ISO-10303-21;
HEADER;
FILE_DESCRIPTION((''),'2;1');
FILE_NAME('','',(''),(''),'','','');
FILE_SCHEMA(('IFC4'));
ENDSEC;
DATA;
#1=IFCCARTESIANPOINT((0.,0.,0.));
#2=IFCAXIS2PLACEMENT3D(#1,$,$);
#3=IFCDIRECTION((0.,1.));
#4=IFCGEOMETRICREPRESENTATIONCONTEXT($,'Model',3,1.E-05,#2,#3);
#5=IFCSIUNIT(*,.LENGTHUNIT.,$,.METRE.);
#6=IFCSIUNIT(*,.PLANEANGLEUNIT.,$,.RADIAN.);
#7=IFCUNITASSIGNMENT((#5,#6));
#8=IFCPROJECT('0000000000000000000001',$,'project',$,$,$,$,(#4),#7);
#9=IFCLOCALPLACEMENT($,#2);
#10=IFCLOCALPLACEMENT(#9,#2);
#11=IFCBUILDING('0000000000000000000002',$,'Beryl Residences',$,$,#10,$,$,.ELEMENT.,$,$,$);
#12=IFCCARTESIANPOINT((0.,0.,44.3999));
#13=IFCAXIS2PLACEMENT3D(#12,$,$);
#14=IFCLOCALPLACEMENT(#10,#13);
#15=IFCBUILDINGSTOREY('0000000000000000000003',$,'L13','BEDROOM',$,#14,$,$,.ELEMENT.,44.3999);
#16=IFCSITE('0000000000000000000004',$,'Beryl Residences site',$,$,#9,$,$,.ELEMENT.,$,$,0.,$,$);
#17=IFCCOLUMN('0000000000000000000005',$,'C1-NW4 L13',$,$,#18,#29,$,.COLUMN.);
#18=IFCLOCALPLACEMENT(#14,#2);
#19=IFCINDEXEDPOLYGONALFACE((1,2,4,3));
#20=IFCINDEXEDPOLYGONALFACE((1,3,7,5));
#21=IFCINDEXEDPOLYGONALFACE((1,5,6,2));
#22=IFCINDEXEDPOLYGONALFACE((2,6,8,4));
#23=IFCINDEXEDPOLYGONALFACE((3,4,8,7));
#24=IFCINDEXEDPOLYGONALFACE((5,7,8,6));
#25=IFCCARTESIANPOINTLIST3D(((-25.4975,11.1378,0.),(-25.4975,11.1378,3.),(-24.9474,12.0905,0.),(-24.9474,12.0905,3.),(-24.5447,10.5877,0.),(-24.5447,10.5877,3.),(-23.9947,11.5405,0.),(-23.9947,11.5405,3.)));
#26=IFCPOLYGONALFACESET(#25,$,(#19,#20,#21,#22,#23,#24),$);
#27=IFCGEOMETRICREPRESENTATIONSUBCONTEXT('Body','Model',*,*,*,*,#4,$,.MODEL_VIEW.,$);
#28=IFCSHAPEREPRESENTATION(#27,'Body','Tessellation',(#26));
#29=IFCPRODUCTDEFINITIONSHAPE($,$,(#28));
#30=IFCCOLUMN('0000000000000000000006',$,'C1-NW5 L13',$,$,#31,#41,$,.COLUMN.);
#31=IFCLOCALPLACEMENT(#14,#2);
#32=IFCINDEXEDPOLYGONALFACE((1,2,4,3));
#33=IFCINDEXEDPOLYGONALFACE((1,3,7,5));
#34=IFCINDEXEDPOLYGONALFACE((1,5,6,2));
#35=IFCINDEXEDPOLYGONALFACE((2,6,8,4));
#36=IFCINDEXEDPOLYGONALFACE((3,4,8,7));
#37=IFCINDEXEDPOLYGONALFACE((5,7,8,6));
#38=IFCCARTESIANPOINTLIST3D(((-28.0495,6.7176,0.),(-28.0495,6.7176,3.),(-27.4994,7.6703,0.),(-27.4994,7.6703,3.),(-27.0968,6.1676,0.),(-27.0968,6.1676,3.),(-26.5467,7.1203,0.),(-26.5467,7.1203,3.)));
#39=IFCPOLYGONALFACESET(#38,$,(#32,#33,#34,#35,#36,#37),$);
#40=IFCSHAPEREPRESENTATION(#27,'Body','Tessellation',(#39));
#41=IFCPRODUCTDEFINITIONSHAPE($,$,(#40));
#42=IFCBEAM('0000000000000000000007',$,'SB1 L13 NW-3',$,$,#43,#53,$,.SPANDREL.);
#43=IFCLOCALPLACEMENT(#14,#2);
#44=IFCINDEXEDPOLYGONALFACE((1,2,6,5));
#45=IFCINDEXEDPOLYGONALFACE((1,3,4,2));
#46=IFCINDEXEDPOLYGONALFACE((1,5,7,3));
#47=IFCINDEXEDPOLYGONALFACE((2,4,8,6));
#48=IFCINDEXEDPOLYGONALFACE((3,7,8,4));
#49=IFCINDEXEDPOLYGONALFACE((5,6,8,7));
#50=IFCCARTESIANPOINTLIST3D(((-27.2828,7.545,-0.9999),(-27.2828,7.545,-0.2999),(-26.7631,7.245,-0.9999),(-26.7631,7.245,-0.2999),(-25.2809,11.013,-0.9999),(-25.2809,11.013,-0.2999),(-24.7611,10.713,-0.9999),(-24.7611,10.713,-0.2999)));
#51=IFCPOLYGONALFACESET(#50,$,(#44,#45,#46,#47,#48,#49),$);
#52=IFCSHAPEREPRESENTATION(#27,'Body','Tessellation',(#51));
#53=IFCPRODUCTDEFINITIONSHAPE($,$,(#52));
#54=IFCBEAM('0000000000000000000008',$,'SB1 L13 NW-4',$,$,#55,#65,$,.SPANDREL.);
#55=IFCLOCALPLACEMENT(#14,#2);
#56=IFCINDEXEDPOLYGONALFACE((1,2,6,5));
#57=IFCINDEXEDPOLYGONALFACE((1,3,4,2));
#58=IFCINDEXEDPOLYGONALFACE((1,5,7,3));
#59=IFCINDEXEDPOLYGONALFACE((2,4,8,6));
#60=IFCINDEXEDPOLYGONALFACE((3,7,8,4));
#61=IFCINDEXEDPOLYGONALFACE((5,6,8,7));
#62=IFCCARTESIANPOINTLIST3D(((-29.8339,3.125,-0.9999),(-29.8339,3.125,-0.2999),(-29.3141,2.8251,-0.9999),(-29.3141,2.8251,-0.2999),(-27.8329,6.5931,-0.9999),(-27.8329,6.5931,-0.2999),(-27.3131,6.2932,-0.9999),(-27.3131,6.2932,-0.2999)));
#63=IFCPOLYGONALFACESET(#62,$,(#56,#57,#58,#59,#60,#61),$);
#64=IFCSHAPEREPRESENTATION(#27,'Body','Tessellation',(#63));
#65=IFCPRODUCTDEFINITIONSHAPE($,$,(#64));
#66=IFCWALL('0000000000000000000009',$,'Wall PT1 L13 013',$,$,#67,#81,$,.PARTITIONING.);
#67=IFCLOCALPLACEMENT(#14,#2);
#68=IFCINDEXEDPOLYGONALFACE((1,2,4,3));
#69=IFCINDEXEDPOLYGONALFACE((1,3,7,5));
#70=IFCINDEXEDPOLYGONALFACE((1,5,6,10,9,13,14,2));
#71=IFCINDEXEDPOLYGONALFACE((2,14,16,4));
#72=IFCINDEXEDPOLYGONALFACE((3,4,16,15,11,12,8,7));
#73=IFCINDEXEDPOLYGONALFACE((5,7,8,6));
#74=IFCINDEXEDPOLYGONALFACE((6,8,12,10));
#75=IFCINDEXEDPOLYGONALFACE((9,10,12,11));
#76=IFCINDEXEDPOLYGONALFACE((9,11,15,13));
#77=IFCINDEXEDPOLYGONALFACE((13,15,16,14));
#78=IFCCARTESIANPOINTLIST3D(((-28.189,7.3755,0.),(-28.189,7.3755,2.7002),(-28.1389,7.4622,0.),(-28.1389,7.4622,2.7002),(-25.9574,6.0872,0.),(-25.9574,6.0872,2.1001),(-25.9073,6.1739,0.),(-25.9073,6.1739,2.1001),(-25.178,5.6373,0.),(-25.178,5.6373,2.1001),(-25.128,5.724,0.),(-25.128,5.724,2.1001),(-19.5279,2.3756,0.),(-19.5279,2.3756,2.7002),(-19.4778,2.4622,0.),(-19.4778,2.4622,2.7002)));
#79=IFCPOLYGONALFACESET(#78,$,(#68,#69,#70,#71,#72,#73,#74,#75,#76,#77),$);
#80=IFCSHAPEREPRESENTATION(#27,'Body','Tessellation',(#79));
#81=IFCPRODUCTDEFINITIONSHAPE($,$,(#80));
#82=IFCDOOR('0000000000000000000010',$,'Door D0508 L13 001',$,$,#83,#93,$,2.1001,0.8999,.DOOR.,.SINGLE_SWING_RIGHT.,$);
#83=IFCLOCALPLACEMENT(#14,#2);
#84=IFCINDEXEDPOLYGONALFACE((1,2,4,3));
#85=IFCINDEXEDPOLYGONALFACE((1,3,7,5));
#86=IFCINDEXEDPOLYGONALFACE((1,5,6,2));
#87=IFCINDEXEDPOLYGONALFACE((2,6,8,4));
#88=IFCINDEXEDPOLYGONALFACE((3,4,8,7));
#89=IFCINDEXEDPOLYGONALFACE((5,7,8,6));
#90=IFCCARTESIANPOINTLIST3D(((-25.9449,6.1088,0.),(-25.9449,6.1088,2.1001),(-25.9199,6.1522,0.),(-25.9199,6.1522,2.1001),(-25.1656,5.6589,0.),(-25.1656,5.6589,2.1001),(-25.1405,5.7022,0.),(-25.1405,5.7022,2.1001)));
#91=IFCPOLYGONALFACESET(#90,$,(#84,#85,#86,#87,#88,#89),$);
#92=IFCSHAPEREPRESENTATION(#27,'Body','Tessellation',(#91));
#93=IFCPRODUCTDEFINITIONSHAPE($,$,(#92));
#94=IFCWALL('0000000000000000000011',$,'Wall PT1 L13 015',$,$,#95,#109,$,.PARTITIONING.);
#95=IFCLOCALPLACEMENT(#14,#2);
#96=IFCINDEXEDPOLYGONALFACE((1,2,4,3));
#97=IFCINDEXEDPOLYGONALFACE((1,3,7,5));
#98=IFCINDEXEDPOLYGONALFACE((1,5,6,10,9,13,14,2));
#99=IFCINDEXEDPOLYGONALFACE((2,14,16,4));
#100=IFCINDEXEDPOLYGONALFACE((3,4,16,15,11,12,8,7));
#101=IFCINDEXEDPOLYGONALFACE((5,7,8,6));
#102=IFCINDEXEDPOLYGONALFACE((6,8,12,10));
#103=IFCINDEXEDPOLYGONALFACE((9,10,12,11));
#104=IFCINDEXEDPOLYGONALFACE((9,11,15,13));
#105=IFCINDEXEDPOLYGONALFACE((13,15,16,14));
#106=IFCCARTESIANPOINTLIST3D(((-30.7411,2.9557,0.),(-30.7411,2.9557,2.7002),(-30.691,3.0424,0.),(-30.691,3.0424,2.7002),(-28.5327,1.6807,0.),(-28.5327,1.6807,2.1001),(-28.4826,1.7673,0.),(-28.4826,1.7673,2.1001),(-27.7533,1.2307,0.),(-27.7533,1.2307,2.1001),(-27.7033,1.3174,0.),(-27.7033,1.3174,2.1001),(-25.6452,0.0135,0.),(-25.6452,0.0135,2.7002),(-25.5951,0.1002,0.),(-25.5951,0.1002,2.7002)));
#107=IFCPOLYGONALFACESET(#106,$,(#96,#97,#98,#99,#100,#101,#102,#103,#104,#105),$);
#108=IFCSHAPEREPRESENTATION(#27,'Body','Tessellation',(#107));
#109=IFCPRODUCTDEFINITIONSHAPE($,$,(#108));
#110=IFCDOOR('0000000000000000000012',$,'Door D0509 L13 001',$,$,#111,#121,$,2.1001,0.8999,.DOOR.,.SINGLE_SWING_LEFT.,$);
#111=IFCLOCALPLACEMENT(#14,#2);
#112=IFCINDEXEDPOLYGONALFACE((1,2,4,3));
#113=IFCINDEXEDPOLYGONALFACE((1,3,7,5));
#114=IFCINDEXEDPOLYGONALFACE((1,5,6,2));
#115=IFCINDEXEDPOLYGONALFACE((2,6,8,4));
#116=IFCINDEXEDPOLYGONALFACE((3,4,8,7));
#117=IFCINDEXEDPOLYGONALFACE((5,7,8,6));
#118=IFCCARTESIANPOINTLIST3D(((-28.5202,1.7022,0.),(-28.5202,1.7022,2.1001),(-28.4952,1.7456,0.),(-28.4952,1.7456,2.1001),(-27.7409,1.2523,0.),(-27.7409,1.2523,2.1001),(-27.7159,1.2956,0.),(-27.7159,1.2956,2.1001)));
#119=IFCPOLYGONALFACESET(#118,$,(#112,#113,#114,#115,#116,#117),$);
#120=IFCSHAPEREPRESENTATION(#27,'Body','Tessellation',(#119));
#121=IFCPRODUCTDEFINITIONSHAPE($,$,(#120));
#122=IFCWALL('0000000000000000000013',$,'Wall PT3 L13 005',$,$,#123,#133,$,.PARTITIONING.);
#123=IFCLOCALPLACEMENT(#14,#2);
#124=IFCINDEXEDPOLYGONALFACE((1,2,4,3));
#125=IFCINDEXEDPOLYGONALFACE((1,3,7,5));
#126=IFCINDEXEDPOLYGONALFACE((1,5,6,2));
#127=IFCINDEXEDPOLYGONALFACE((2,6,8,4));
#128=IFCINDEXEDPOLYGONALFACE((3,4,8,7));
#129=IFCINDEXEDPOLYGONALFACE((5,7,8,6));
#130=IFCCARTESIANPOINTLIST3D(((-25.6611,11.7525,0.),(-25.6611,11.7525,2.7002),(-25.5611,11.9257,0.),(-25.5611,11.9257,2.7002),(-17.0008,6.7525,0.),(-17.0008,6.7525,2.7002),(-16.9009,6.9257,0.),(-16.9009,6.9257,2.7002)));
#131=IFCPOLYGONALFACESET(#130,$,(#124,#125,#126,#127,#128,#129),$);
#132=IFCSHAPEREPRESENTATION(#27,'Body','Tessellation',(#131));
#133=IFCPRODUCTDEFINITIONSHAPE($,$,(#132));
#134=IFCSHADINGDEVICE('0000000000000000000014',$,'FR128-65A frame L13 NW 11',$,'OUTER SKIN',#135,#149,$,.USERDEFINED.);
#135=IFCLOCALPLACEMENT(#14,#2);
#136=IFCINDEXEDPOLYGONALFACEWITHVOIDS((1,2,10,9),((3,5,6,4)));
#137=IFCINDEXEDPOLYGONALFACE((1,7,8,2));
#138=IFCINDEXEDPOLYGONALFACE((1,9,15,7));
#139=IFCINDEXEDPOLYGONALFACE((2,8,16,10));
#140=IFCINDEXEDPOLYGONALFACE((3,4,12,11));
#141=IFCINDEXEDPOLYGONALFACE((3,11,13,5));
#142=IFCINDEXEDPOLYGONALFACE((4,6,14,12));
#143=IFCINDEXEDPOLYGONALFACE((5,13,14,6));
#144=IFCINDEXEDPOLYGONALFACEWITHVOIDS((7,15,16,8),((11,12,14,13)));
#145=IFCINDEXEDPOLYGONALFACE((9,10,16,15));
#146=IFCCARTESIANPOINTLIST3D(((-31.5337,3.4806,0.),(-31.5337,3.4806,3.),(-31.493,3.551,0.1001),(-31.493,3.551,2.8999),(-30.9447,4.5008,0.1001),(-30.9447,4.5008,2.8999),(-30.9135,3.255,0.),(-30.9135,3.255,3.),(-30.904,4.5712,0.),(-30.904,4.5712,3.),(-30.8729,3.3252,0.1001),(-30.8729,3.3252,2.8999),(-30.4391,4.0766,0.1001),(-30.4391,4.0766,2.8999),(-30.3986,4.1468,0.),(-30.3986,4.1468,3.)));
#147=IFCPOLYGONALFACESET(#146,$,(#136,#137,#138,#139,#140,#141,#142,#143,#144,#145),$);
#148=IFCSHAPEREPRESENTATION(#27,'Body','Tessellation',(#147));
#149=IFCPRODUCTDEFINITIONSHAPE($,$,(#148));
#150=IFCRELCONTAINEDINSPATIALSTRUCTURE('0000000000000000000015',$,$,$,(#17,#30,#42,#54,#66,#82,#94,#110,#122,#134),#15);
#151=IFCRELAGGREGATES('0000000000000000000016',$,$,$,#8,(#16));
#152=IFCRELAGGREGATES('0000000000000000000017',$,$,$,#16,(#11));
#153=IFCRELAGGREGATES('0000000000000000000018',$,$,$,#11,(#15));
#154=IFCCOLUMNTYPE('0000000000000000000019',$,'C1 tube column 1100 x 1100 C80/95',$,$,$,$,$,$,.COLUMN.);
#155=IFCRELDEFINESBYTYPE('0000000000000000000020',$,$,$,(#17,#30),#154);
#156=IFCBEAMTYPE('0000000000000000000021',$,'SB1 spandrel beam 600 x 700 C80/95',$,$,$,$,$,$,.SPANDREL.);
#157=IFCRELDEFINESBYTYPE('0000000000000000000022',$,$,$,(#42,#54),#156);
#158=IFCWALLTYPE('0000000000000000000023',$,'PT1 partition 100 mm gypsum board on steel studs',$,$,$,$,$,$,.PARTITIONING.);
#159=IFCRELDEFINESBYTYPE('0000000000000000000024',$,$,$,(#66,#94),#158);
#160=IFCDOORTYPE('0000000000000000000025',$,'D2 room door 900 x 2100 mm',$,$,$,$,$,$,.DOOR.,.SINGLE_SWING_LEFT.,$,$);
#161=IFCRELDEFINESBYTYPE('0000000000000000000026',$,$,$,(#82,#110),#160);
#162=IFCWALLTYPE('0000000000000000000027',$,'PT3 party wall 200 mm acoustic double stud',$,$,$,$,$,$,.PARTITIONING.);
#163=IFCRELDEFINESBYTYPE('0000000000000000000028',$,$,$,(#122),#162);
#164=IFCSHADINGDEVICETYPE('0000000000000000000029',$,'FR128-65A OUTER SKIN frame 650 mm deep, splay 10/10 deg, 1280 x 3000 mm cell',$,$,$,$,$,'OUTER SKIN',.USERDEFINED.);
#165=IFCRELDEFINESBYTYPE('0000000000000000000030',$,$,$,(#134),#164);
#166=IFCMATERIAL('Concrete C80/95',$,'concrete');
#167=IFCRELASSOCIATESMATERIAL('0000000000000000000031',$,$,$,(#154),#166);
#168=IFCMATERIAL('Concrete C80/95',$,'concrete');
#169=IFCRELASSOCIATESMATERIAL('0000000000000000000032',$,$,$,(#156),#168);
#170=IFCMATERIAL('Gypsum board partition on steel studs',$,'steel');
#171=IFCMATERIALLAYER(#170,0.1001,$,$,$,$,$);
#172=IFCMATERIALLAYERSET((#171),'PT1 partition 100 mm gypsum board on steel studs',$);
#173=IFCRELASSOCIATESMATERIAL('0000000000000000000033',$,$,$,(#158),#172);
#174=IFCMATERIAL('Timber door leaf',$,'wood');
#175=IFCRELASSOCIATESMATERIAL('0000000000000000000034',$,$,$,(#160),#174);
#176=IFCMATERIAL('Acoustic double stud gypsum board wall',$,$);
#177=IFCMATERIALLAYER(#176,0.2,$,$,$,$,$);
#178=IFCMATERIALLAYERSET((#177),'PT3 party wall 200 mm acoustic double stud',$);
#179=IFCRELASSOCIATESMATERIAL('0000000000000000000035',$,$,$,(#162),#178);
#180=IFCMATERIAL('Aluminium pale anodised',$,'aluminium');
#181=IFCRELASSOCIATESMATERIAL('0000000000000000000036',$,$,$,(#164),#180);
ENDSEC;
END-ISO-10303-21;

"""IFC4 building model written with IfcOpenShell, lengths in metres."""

from ifc_helpers import new_model, entity, si_unit, direction, frame, frame_2d, origin, origin_2d, place, context, subcontext, project, spatial, rectangle, extrude, source, transform, mapped, material, layer, layer_set, material_profile, profile_set, type_object, type_shapes, element, fill, save


model = new_model("IFC4")

# Units and contexts
model_context = context("Model", 3, precision=1e-05, world=origin(), true_north=direction((0.0, 1.0)))
body_context = subcontext(model_context, "Body", "Model", "MODEL_VIEW")
ifc_project = project(units=[si_unit("LENGTHUNIT", "METRE"), si_unit("PLANEANGLEUNIT", "RADIAN")], contexts=[model_context])

# Site, building, storey
site_placement = place(None, origin())
site = spatial("IfcSite", under=ifc_project, at=site_placement, Name="Beryl Residences site", CompositionType="ELEMENT", RefElevation=0.0)
building_placement = place(site_placement, origin())
building = spatial("IfcBuilding", under=site, at=building_placement, Name="Beryl Residences", CompositionType="ELEMENT")
storey_placement = place(building_placement, frame((0.0, 0.0, 44.3999)))
storey = spatial("IfcBuildingStorey", under=building, at=storey_placement, Name="L13", Description="BEDROOM", CompositionType="ELEMENT", Elevation=44.3999)

# Columns
ifc_material_1 = material(Name="Concrete C80/95", Category="concrete")
ifc_material_profile_1 = material_profile(ifc_material_1, rectangle(XDim=1.1001, YDim=1.1001, at=origin_2d()))
ifc_profile_set_1 = profile_set([ifc_material_profile_1], Name="Concrete C80/95")
column_type = type_object("IfcColumnType", Name="C1 tube column 1100 x 1100 C80/95", PredefinedType="COLUMN", material=ifc_profile_set_1)
for number, where, z_axis, x_axis, name in (
    (1, (-24.7461, 11.3391, 0.0), (0.0, 0.0, 1.0), (-0.499985, -0.866034, 0.0), "C1-NW4 L13"),
    (2, (-27.2981, 6.9189, 0.0), (0.0, 0.0, 1.0), (-0.499985, -0.866034, 0.0), "C1-NW5 L13"),
):
    element("IfcColumn", number, at=place(storey_placement, frame(where, z_axis=z_axis, x_axis=x_axis)), inside=storey, type_object=column_type, Name=name, PredefinedType="COLUMN", context=body_context, shape_type="SweptSolid", body=[
        extrude(rectangle(XDim=1.1001, YDim=1.1001, at=origin_2d()), origin(), (0.0, 0.0, 1.0), 3.0),
    ])

# Beams
ifc_material_2 = material(Name="Concrete C80/95", Category="concrete")
ifc_material_profile_2 = material_profile(ifc_material_2, rectangle(XDim=0.6001, YDim=0.7, at=origin_2d()))
ifc_profile_set_2 = profile_set([ifc_material_profile_2], Name="Concrete C80/95")
beam_type = type_object("IfcBeamType", Name="SB1 spandrel beam 600 x 700 C80/95", PredefinedType="SPANDREL", material=ifc_profile_set_2)
beam_1_placement = place(storey_placement, frame((-25.021, 10.863, -0.6499), z_axis=(-0.499942, -0.866059, 0.0), x_axis=(0.866059, -0.499942, 0.0)))
element("IfcBeam", 3, at=beam_1_placement, inside=storey, type_object=beam_type, Name="SB1 L13 NW-3", PredefinedType="SPANDREL", context=body_context, shape_type="SweptSolid", body=[
    extrude(rectangle(XDim=0.6001, YDim=0.7, at=origin_2d()), origin(), (0.0, 0.0, 1.0), 4.0044),
])
beam_2_placement = place(storey_placement, frame((-27.573, 6.4431, -0.6499), z_axis=(-0.499759, -0.866164, 0.0), x_axis=(0.866164, -0.499759, 0.0)))
element("IfcBeam", 4, at=beam_2_placement, inside=storey, type_object=beam_type, Name="SB1 L13 NW-4", PredefinedType="SPANDREL", context=body_context, shape_type="SweptSolid", body=[
    extrude(rectangle(XDim=0.6001, YDim=0.7, at=origin_2d()), origin(), (0.0, 0.0, 1.0), 4.0039),
])

# Walls, openings, doors
ifc_material_3 = material(Name="Gypsum board partition on steel studs", Category="steel")
ifc_layer_1 = layer(ifc_material_3, 0.1001)
ifc_layer_set_1 = layer_set([ifc_layer_1], Name="PT1 partition 100 mm gypsum board on steel studs")
wall_type_1 = type_object("IfcWallType", Name="PT1 partition 100 mm gypsum board on steel studs", PredefinedType="PARTITIONING", material=ifc_layer_set_1)
wall_1_placement = place(storey_placement, frame((-28.1641, 7.4189, 0.0), z_axis=(0.0, 0.0, 1.0), x_axis=(0.866047, -0.499962, 0.0)))
wall_1 = element("IfcWall", 5, at=wall_1_placement, inside=storey, type_object=wall_type_1, Name="Wall PT1 L13 013", PredefinedType="PARTITIONING", context=body_context, shape_type="SweptSolid", body=[
    extrude(rectangle(XDim=10.0007, YDim=0.1001, at=frame_2d((5.0005, 0.0))), origin(), (0.0, 0.0, 1.0), 2.7002),
])
opening_1_placement = place(wall_1_placement, frame((2.5769, 0.0, 0.0)))
opening_1 = element("IfcOpeningElement", 6, at=opening_1_placement, cuts=wall_1, PredefinedType="OPENING", context=body_context, shape_type="SweptSolid", body=[
    extrude(rectangle(XDim=0.8999, YDim=2.1001, at=frame_2d((0.45, 1.05))), frame((0.0, 0.0601, 0.0), z_axis=(0.0, -1.0, 0.0), x_axis=(1.0, 0.0, 0.0)), (0.0, 0.0, 1.0), 0.1201),
])
ifc_material_4 = material(Name="Timber door leaf", Category="wood")
door_type = type_object("IfcDoorType", Name="D2 room door 900 x 2100 mm", OperationType="SINGLE_SWING_LEFT", PredefinedType="DOOR", material=ifc_material_4)
door_1_placement = place(opening_1_placement, origin())
door_1 = element("IfcDoor", 7, at=door_1_placement, inside=storey, type_object=door_type, Name="Door D0508 L13 001", OperationType="SINGLE_SWING_RIGHT", OverallHeight=2.1001, OverallWidth=0.8999, PredefinedType="DOOR", context=body_context, shape_type="SweptSolid", body=[
    extrude(rectangle(XDim=0.8999, YDim=2.1001, at=frame_2d((0.45, 1.05))), frame((0.0, 0.0249, 0.0), z_axis=(0.0, -1.0, 0.0), x_axis=(1.0, 0.0, 0.0)), (0.0, 0.0, 1.0), 0.05),
])
fill(opening_1, door_1)
wall_2_placement = place(storey_placement, frame((-30.7161, 2.999, 0.0), z_axis=(0.0, 0.0, 1.0), x_axis=(0.866026, -0.499999, 0.0)))
wall_2 = element("IfcWall", 8, at=wall_2_placement, inside=storey, type_object=wall_type_1, Name="Wall PT1 L13 015", PredefinedType="PARTITIONING", context=body_context, shape_type="SweptSolid", body=[
    extrude(rectangle(XDim=5.8843, YDim=0.1001, at=frame_2d((2.9421, 0.0))), origin(), (0.0, 0.0, 1.0), 2.7002),
])
opening_2_placement = place(wall_2_placement, frame((2.55, 0.0, 0.0)))
opening_2 = element("IfcOpeningElement", 9, at=opening_2_placement, cuts=wall_2, PredefinedType="OPENING", context=body_context, shape_type="SweptSolid", body=[
    extrude(rectangle(XDim=0.8999, YDim=2.1001, at=frame_2d((0.45, 1.05))), frame((0.0, 0.0601, 0.0), z_axis=(0.0, -1.0, 0.0), x_axis=(1.0, 0.0, 0.0)), (0.0, 0.0, 1.0), 0.1201),
])
door_2_placement = place(opening_2_placement, origin())
door_2 = element("IfcDoor", 10, at=door_2_placement, inside=storey, type_object=door_type, Name="Door D0509 L13 001", OperationType="SINGLE_SWING_LEFT", OverallHeight=2.1001, OverallWidth=0.8999, PredefinedType="DOOR", context=body_context, shape_type="SweptSolid", body=[
    extrude(rectangle(XDim=0.8999, YDim=2.1001, at=frame_2d((0.45, 1.05))), frame((0.0, 0.0249, 0.0), z_axis=(0.0, -1.0, 0.0), x_axis=(1.0, 0.0, 0.0)), (0.0, 0.0, 1.0), 0.05),
])
fill(opening_2, door_2)

# Wall
ifc_material_5 = material(Name="Acoustic double stud gypsum board wall")
ifc_layer_2 = layer(ifc_material_5, 0.2)
ifc_layer_set_2 = layer_set([ifc_layer_2], Name="PT3 party wall 200 mm acoustic double stud")
wall_type_2 = type_object("IfcWallType", Name="PT3 party wall 200 mm acoustic double stud", PredefinedType="PARTITIONING", material=ifc_layer_set_2)
wall_3_placement = place(storey_placement, frame((-25.6111, 11.8391, 0.0), z_axis=(0.0, 0.0, 1.0), x_axis=(0.866023, -0.500004, 0.0)))
element("IfcWall", 11, at=wall_3_placement, inside=storey, type_object=wall_type_2, Name="Wall PT3 L13 005", PredefinedType="PARTITIONING", context=body_context, shape_type="SweptSolid", body=[
    extrude(rectangle(XDim=10.0, YDim=0.2, at=frame_2d((5.0, 0.0))), origin(), (0.0, 0.0, 1.0), 2.7002),
])

# Shading device
ifc_material_6 = material(Name="Aluminium pale anodised", Category="aluminium")
shading_device_type_1 = type_object("IfcShadingDeviceType", Name="FR128-65A OUTER SKIN frame 650 mm deep, splay 10/10 deg, 1280 x 3000 mm cell", ElementType="OUTER SKIN", PredefinedType="USERDEFINED", material=ifc_material_6)
cartesian_point_1 = entity("IfcCartesianPoint", [-0.5149, 0.0])
cartesian_point_2 = entity("IfcCartesianPoint", [-0.4338, 0.1001])
cartesian_point_3 = entity("IfcCartesianPoint", [-0.6296, 0.0])
cartesian_point_4 = entity("IfcCartesianPoint", [-0.5483, 0.1001])
shared_shape_1 = source(origin(), body_context, "Body", "SweptSolid", [
    entity("IfcExtrudedAreaSolidTapered", entity("IfcArbitraryProfileDefWithVoids", "AREA", None, entity("IfcPolyline", [cartesian_point_1, entity("IfcCartesianPoint", [0.5149, 0.0]), entity("IfcCartesianPoint", [0.5149, 3.0]), entity("IfcCartesianPoint", [-0.5149, 3.0]), cartesian_point_1]), [entity("IfcPolyline", [cartesian_point_2, entity("IfcCartesianPoint", [0.4338, 0.1001]), entity("IfcCartesianPoint", [0.4338, 2.8999]), entity("IfcCartesianPoint", [-0.4338, 2.8999]), cartesian_point_2])]), entity("IfcAxis2Placement3D", entity("IfcCartesianPoint", [0.0, 0.0, 0.0]), entity("IfcDirection", [0.0, 1.0, 0.0]), entity("IfcDirection", [-1.0, 0.0, 0.0])), entity("IfcDirection", [0.0, 0.0, 1.0]), 0.6499, entity("IfcArbitraryProfileDefWithVoids", "AREA", None, entity("IfcPolyline", [cartesian_point_3, entity("IfcCartesianPoint", [0.6296, 0.0]), entity("IfcCartesianPoint", [0.6296, 3.0]), entity("IfcCartesianPoint", [-0.6296, 3.0]), cartesian_point_3]), [entity("IfcPolyline", [cartesian_point_4, entity("IfcCartesianPoint", [0.5483, 0.1001]), entity("IfcCartesianPoint", [0.5483, 2.8999]), entity("IfcCartesianPoint", [-0.5483, 2.8999]), cartesian_point_4])])),
])
type_shapes(shading_device_type_1, [shared_shape_1])
shading_device_placement = place(storey_placement, frame((-30.656, 3.7009, 0.0), z_axis=(0.0, 0.0, 1.0), x_axis=(0.5, 0.866025, 0.0)))
element("IfcShadingDevice", 12, at=shading_device_placement, inside=storey, type_object=shading_device_type_1, Name="FR128-65A frame L13 NW 11", ObjectType="OUTER SKIN", PredefinedType="USERDEFINED", context=body_context, shape_type="MappedRepresentation", body=[
    mapped(shared_shape_1, transform((0.0, 0.0, 0.0))),
])

save(model, "model.ifc")
